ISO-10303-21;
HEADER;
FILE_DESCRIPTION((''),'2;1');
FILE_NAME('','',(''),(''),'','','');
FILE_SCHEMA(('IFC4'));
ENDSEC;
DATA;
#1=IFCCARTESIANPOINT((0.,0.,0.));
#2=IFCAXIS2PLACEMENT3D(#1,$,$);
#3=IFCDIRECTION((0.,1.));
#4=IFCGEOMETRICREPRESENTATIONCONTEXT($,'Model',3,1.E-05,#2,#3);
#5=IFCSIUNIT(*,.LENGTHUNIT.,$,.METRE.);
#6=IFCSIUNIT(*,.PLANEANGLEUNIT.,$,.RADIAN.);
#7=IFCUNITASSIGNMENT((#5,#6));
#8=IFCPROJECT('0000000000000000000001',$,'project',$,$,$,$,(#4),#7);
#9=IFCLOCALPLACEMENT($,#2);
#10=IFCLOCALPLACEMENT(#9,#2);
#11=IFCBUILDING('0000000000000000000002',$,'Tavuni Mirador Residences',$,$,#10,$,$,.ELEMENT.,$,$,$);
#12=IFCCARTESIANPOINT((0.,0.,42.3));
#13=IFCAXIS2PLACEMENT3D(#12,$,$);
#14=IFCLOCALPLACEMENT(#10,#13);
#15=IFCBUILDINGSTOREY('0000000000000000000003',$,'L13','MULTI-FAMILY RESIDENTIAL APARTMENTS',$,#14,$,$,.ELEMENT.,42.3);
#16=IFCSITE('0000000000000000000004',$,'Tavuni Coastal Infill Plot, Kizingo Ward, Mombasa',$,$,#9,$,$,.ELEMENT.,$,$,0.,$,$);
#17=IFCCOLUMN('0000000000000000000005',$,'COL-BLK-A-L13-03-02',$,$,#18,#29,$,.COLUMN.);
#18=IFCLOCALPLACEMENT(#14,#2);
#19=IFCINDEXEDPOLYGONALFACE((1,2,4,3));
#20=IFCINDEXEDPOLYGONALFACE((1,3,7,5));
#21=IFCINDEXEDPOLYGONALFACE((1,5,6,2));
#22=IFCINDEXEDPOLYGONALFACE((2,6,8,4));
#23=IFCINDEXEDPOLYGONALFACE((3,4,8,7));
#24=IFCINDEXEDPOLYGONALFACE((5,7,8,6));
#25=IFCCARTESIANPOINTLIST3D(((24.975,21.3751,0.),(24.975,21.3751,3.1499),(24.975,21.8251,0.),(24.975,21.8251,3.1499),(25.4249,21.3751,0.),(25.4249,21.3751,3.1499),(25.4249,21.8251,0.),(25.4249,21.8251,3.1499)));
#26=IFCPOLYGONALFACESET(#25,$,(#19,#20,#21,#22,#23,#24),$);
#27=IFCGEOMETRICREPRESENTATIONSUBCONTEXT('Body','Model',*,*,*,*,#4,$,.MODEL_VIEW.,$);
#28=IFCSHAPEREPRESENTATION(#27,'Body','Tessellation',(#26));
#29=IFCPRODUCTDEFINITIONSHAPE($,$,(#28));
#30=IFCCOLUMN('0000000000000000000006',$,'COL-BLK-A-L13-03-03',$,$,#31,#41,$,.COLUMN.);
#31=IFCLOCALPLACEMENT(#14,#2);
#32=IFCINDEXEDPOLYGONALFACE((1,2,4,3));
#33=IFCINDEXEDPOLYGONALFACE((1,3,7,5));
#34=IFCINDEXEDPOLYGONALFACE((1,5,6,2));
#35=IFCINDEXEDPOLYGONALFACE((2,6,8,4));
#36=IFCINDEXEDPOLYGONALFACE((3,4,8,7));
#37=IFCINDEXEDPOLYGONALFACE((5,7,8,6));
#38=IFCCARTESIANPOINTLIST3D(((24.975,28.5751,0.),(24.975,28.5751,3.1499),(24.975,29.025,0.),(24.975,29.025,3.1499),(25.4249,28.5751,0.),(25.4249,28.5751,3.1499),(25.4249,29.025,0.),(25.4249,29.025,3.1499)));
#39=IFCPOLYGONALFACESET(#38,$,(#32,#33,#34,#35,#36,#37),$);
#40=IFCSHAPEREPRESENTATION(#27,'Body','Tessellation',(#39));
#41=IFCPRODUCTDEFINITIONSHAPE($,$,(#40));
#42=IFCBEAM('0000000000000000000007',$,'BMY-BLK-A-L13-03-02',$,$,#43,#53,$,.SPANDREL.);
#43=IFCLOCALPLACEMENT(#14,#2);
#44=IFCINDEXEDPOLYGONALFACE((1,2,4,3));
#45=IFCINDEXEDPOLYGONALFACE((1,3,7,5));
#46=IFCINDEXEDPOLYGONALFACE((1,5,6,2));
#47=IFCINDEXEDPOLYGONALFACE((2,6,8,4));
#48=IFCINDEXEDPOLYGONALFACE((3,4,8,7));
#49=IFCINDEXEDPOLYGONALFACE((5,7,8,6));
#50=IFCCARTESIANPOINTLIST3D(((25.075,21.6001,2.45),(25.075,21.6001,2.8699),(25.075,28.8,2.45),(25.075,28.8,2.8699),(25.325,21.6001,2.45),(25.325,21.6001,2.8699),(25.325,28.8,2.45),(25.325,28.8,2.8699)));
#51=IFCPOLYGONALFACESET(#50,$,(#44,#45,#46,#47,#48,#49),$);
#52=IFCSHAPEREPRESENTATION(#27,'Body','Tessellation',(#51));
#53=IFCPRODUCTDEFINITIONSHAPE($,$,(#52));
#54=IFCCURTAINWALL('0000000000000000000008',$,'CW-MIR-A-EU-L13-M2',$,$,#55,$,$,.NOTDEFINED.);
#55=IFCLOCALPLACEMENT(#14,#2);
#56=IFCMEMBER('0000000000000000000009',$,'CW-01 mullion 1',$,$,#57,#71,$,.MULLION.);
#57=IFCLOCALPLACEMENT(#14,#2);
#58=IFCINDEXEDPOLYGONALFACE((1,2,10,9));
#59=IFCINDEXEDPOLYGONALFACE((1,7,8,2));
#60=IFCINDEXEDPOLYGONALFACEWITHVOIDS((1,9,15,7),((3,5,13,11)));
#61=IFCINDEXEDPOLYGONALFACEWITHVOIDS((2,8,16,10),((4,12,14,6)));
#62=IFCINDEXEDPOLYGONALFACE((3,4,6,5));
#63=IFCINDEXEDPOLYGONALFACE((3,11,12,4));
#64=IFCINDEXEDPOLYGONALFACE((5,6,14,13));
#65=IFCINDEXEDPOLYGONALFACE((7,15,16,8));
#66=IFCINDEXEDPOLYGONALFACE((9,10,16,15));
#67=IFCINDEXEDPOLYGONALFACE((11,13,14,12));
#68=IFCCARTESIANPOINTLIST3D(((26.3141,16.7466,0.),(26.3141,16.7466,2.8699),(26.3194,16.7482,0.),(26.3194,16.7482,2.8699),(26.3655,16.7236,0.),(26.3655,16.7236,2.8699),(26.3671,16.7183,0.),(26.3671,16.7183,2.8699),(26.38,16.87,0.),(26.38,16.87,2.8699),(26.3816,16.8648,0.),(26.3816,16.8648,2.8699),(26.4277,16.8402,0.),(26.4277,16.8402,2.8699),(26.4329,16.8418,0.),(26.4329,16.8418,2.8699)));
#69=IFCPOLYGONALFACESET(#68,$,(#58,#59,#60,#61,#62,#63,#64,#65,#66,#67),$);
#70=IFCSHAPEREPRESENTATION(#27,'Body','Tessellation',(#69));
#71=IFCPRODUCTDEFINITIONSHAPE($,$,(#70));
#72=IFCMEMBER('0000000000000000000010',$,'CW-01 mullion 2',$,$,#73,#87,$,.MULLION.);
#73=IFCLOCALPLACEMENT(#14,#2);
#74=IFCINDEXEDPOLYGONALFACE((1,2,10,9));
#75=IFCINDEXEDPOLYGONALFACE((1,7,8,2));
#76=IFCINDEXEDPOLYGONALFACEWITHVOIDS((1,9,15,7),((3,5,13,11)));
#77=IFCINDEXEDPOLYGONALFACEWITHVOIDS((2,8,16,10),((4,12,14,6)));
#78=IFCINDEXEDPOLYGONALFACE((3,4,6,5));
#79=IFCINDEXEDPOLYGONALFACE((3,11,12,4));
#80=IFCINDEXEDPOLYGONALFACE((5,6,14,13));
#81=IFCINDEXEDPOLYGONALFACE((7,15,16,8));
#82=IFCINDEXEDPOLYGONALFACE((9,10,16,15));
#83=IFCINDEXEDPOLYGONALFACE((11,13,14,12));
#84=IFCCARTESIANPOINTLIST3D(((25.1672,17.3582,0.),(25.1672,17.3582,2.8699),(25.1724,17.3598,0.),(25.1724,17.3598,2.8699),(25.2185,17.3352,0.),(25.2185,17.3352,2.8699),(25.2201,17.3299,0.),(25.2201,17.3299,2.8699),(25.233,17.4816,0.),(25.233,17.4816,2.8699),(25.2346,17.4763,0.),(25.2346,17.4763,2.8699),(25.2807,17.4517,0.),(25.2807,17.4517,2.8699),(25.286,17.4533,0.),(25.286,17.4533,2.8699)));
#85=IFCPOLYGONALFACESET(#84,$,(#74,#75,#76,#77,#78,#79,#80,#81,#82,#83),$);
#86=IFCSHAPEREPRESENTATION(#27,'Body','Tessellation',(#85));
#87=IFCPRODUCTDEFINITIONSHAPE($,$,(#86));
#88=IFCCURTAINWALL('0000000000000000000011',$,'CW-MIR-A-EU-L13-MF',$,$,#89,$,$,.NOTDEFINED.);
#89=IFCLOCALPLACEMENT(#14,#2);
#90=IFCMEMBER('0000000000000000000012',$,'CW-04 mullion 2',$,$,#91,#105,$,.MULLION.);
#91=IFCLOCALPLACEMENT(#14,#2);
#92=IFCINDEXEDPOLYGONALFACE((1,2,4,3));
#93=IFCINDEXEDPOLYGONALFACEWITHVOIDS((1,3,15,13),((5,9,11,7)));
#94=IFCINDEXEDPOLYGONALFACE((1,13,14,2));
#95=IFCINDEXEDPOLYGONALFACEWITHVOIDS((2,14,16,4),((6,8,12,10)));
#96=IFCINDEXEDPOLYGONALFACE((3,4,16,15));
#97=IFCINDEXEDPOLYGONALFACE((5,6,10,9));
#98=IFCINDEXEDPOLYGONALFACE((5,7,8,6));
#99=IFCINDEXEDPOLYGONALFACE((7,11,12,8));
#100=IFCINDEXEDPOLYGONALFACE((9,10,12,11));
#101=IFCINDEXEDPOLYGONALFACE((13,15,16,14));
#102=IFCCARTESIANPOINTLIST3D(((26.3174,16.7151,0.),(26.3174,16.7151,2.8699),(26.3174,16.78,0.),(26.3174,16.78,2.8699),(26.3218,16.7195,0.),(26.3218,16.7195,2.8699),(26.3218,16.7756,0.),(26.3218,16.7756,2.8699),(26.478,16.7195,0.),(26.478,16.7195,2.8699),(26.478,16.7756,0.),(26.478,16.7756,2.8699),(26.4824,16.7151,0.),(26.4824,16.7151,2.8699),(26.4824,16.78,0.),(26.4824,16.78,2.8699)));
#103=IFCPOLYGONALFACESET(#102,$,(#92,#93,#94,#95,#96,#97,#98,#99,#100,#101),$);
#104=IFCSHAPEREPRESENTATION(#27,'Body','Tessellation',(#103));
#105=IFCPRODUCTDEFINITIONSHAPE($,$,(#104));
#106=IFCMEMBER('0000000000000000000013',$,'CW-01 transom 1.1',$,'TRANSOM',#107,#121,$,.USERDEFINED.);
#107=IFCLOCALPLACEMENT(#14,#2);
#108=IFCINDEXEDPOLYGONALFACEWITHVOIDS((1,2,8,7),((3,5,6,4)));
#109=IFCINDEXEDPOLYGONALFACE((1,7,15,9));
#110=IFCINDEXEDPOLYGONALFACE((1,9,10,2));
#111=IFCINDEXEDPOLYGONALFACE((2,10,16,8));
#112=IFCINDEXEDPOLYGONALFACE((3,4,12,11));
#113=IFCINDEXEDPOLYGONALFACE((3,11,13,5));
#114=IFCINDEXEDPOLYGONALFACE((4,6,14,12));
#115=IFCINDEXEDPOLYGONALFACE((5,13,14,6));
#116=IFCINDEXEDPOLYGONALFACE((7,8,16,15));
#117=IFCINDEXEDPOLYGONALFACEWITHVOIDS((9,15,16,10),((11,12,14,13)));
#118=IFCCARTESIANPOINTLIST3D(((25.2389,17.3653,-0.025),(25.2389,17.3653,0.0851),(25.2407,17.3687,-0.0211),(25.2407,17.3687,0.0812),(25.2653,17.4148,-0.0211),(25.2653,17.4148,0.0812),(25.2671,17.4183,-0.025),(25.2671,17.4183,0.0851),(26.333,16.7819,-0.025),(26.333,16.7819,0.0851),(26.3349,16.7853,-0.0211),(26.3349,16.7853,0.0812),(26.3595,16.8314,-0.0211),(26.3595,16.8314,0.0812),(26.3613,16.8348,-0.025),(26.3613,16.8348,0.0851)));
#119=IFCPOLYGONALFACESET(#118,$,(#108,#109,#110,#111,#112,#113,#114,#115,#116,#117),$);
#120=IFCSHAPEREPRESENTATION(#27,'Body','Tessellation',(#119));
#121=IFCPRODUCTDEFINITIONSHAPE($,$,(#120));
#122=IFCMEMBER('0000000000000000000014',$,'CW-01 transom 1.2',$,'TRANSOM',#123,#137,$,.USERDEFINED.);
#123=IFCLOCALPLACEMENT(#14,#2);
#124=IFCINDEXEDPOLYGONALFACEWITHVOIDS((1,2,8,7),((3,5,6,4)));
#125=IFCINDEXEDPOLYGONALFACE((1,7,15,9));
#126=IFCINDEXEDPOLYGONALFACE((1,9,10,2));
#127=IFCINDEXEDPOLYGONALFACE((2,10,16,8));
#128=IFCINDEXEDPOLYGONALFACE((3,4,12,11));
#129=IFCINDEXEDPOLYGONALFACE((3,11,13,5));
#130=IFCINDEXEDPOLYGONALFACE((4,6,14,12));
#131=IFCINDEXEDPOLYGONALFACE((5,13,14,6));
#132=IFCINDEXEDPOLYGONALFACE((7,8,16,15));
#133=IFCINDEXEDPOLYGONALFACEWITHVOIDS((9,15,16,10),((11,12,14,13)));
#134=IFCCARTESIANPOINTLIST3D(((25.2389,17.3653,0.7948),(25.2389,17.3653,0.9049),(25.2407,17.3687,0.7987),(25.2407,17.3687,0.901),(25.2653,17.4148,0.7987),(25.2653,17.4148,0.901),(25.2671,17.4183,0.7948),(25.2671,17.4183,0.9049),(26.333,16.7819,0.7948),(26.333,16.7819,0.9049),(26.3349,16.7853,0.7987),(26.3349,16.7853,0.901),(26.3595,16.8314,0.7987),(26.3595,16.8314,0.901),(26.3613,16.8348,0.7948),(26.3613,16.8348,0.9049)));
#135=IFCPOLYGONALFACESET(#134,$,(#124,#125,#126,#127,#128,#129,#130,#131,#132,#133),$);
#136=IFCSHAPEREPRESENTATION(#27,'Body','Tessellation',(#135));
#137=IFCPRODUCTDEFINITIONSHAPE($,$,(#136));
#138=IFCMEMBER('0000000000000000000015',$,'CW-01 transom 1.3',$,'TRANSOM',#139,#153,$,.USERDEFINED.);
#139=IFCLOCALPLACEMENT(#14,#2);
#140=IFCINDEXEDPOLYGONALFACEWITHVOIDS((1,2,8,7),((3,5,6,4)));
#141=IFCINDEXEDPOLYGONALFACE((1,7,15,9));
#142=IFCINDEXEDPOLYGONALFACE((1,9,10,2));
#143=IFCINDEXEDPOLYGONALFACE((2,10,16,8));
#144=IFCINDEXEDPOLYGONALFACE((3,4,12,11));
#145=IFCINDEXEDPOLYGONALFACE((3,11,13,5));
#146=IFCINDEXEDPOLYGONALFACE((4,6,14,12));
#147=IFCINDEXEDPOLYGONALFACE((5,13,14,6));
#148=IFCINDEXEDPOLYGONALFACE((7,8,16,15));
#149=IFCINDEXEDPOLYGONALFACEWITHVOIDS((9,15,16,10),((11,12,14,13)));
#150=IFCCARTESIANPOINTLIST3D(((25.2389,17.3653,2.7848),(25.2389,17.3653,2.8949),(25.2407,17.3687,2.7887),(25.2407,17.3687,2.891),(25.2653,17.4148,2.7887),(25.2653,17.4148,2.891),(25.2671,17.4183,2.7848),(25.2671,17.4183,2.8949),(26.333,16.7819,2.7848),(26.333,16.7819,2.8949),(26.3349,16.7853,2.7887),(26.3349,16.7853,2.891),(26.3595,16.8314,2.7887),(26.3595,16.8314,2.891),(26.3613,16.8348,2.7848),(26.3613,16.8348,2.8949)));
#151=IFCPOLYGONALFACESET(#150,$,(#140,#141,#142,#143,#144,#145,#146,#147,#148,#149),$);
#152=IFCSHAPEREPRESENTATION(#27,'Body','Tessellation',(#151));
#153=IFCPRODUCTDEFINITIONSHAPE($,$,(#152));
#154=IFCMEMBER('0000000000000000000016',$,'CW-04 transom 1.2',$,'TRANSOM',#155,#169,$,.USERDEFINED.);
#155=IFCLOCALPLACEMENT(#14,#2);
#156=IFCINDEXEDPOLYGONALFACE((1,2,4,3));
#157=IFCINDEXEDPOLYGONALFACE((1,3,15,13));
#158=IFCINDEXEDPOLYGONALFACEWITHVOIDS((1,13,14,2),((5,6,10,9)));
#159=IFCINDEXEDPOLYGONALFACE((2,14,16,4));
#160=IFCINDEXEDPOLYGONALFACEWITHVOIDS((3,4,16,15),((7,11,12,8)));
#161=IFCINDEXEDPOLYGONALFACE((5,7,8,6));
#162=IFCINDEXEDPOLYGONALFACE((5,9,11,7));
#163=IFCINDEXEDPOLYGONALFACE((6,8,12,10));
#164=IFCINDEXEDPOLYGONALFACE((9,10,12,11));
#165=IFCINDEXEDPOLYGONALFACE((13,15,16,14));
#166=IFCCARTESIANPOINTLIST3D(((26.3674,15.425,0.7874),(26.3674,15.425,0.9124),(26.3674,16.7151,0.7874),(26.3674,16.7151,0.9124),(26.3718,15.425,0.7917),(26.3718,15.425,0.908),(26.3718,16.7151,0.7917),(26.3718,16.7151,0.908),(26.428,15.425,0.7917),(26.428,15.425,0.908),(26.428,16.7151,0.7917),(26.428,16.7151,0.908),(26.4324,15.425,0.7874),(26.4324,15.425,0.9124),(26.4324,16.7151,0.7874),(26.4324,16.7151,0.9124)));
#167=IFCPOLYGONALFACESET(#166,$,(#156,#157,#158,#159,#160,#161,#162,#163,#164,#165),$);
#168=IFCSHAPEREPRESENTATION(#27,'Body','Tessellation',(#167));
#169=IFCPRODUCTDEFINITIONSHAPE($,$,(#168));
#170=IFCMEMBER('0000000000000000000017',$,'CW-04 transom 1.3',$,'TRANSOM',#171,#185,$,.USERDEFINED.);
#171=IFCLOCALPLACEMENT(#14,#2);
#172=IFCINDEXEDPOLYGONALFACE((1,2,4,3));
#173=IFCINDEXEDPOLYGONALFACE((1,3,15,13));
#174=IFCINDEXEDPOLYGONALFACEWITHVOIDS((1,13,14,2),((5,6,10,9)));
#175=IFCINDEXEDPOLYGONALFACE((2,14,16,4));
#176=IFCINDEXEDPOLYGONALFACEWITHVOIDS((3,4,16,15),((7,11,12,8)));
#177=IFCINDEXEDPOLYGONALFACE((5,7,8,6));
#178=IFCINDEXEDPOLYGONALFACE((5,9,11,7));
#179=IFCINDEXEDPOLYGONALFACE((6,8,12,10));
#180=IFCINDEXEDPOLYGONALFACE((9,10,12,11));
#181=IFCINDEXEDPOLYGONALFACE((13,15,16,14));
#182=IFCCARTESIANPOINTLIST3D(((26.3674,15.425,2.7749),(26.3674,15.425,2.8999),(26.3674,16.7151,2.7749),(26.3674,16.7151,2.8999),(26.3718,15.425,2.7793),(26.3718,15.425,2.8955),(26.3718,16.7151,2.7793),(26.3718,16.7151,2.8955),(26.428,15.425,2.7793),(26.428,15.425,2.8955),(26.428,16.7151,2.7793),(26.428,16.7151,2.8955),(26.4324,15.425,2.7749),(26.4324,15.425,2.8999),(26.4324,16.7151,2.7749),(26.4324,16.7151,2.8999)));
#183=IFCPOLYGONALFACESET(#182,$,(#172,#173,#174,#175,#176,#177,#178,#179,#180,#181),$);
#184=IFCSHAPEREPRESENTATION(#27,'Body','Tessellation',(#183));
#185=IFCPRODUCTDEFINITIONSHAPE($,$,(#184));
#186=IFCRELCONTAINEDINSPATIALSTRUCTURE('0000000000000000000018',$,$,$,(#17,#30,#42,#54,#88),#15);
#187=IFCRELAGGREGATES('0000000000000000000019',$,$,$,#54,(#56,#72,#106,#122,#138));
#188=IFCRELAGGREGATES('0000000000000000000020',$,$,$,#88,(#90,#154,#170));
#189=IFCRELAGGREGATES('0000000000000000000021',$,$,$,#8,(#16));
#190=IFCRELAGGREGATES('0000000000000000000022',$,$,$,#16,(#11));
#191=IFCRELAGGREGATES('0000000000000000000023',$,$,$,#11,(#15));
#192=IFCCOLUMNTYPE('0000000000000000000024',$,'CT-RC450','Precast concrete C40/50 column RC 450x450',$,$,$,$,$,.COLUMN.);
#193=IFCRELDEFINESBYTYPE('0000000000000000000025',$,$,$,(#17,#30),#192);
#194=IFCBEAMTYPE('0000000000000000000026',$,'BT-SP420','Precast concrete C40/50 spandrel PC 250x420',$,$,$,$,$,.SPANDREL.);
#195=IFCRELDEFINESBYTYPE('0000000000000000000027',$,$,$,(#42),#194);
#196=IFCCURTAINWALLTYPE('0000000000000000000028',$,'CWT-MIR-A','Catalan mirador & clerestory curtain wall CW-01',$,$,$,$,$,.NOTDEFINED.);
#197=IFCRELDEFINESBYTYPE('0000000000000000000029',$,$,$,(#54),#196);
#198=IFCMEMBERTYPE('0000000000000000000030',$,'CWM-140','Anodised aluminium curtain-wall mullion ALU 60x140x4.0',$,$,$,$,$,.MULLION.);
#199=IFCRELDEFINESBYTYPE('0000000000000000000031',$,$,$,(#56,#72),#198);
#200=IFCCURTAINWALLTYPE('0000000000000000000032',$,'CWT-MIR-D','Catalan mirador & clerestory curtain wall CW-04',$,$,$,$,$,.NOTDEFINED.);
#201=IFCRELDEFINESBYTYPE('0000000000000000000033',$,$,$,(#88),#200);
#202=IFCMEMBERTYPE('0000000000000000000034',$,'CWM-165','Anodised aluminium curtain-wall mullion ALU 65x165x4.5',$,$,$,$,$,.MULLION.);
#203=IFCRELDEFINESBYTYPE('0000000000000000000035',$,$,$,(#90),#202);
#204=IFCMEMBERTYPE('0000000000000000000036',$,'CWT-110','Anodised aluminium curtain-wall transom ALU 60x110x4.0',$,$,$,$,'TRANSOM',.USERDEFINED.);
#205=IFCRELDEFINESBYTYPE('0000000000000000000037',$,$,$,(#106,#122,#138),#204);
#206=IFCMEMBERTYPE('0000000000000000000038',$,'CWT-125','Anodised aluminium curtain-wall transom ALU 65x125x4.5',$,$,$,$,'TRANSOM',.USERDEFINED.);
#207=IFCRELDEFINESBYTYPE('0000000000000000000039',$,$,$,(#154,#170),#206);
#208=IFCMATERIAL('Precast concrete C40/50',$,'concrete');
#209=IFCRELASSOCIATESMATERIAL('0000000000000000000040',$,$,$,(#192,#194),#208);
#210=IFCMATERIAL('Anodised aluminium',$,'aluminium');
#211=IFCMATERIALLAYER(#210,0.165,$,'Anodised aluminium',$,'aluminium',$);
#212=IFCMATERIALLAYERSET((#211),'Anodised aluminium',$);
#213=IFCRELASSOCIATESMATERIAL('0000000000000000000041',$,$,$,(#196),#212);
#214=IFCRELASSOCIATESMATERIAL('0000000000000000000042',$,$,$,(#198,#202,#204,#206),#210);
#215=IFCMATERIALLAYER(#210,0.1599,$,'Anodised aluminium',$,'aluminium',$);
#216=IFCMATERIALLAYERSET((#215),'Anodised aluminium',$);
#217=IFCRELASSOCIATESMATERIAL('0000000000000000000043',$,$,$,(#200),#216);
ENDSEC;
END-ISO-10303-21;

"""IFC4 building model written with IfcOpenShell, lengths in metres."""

from ifc_helpers import new_model, si_unit, direction, frame, origin, origin_2d, place, context, subcontext, project, spatial, rectangle, hollow_rectangle, extrude, material, layer, layer_set, material_profile, profile_set, type_object, element, aggregate, save


model = new_model("IFC4")

# Units and contexts
model_context = context("Model", 3, precision=1e-05, world=origin(), true_north=direction((0.0, 1.0)))
body_context = subcontext(model_context, "Body", "Model", "MODEL_VIEW")
ifc_project = project(units=[si_unit("LENGTHUNIT", "METRE"), si_unit("PLANEANGLEUNIT", "RADIAN")], contexts=[model_context])

# Site, building, storey
site_placement = place(None, origin())
site = spatial("IfcSite", under=ifc_project, at=site_placement, Name="Tavuni Coastal Infill Plot, Kizingo Ward, Mombasa", CompositionType="ELEMENT", RefElevation=0.0)
building_placement = place(site_placement, origin())
building = spatial("IfcBuilding", under=site, at=building_placement, Name="Tavuni Mirador Residences", CompositionType="ELEMENT")
storey_placement = place(building_placement, frame((0.0, 0.0, 42.3)))
storey = spatial("IfcBuildingStorey", under=building, at=storey_placement, Name="L13", Description="MULTI-FAMILY RESIDENTIAL APARTMENTS", CompositionType="ELEMENT", Elevation=42.3)

# Columns
ifc_material_1 = material(Name="Precast concrete C40/50", Category="concrete")
ifc_material_profile_1 = material_profile(ifc_material_1, rectangle(XDim=0.45, YDim=0.45, at=origin_2d()), Name="RC 450x450", Category="concrete")
ifc_profile_set_1 = profile_set([ifc_material_profile_1], Name="Precast concrete C40/50")
column_type = type_object("IfcColumnType", Name="CT-RC450", Description="Precast concrete C40/50 column RC 450x450", PredefinedType="COLUMN", material=ifc_profile_set_1)
for number, where, z_axis, x_axis, name in (
    (1, (25.2, 21.6001, 0.0), (0.0, 0.0, 1.0), (1.0, 0.0, 0.0), "COL-BLK-A-L13-03-02"),
    (2, (25.2, 28.8, 0.0), (0.0, 0.0, 1.0), (1.0, 0.0, 0.0), "COL-BLK-A-L13-03-03"),
):
    element("IfcColumn", number, at=place(storey_placement, frame(where, z_axis=z_axis, x_axis=x_axis)), inside=storey, type_object=column_type, Name=name, PredefinedType="COLUMN", context=body_context, shape_type="SweptSolid", body=[
        extrude(rectangle(XDim=0.45, YDim=0.45, at=origin_2d()), origin(), (0.0, 0.0, 1.0), 3.1499),
    ])

# Beam
ifc_material_profile_2 = material_profile(ifc_material_1, rectangle(XDim=0.25, YDim=0.4199, at=origin_2d()), Name="PC 250x420", Category="concrete")
ifc_profile_set_2 = profile_set([ifc_material_profile_2], Name="Precast concrete C40/50")
beam_type = type_object("IfcBeamType", Name="BT-SP420", Description="Precast concrete C40/50 spandrel PC 250x420", PredefinedType="SPANDREL", material=ifc_profile_set_2)
beam_placement = place(storey_placement, frame((25.2, 21.6001, 2.6599), z_axis=(0.0, 1.0, 0.0), x_axis=(-1.0, 0.0, 0.0)))
element("IfcBeam", 3, at=beam_placement, inside=storey, type_object=beam_type, Name="BMY-BLK-A-L13-03-02", PredefinedType="SPANDREL", context=body_context, shape_type="SweptSolid", body=[
    extrude(rectangle(XDim=0.25, YDim=0.4199, at=origin_2d()), origin(), (0.0, 0.0, 1.0), 7.2),
])

# Curtain wall, members
ifc_material_2 = material(Name="Anodised aluminium", Category="aluminium")
ifc_layer_1 = layer(ifc_material_2, 0.165, Name="Anodised aluminium", Category="aluminium")
ifc_layer_set_1 = layer_set([ifc_layer_1], Name="Anodised aluminium")
curtain_wall_type_1 = type_object("IfcCurtainWallType", Name="CWT-MIR-A", Description="Catalan mirador & clerestory curtain wall CW-01", PredefinedType="NOTDEFINED", material=ifc_layer_set_1)
curtain_wall_1_placement = place(storey_placement, origin())
curtain_wall_1 = element("IfcCurtainWall", 4, at=curtain_wall_1_placement, inside=storey, type_object=curtain_wall_type_1, Name="CW-MIR-A-EU-L13-M2", PredefinedType="NOTDEFINED")
ifc_material_profile_3 = material_profile(ifc_material_2, hollow_rectangle(XDim=0.0601, YDim=0.1399, WallThickness=0.0039, at=origin_2d()), Name="ALU 60x140x4.0", Category="aluminium")
ifc_profile_set_3 = profile_set([ifc_material_profile_3], Name="Anodised aluminium")
member_type_1 = type_object("IfcMemberType", Name="CWM-140", Description="Anodised aluminium curtain-wall mullion ALU 60x140x4.0", PredefinedType="MULLION", material=ifc_profile_set_3)
member_1_placement = place(storey_placement, frame((26.3735, 16.7942, 0.0), z_axis=(0.0, 0.0, 1.0), x_axis=(-0.882353, 0.470588, 0.0)))
member_1 = element("IfcMember", 5, at=member_1_placement, type_object=member_type_1, Name="CW-01 mullion 1", PredefinedType="MULLION", context=body_context, shape_type="SweptSolid", body=[
    extrude(hollow_rectangle(XDim=0.0601, YDim=0.1399, WallThickness=0.0039, at=origin_2d()), origin(), (0.0, 0.0, 1.0), 2.8699),
])
member_2_placement = place(storey_placement, frame((25.2266, 17.4058, 0.0), z_axis=(0.0, 0.0, 1.0), x_axis=(-0.882353, 0.470588, 0.0)))
member_2 = element("IfcMember", 6, at=member_2_placement, type_object=member_type_1, Name="CW-01 mullion 2", PredefinedType="MULLION", context=body_context, shape_type="SweptSolid", body=[
    extrude(hollow_rectangle(XDim=0.0601, YDim=0.1399, WallThickness=0.0039, at=origin_2d()), origin(), (0.0, 0.0, 1.0), 2.8699),
])

# Curtain wall, member
ifc_layer_2 = layer(ifc_material_2, 0.1599, Name="Anodised aluminium", Category="aluminium")
ifc_layer_set_2 = layer_set([ifc_layer_2], Name="Anodised aluminium")
curtain_wall_type_2 = type_object("IfcCurtainWallType", Name="CWT-MIR-D", Description="Catalan mirador & clerestory curtain wall CW-04", PredefinedType="NOTDEFINED", material=ifc_layer_set_2)
curtain_wall_2_placement = place(storey_placement, origin())
curtain_wall_2 = element("IfcCurtainWall", 7, at=curtain_wall_2_placement, inside=storey, type_object=curtain_wall_type_2, Name="CW-MIR-A-EU-L13-MF", PredefinedType="NOTDEFINED")
ifc_material_profile_4 = material_profile(ifc_material_2, hollow_rectangle(XDim=0.0649, YDim=0.165, WallThickness=0.0044, at=origin_2d()), Name="ALU 65x165x4.5", Category="aluminium")
ifc_profile_set_4 = profile_set([ifc_material_profile_4], Name="Anodised aluminium")
member_type_2 = type_object("IfcMemberType", Name="CWM-165", Description="Anodised aluminium curtain-wall mullion ALU 65x165x4.5", PredefinedType="MULLION", material=ifc_profile_set_4)
member_3_placement = place(storey_placement, frame((26.3999, 16.7476, 0.0), z_axis=(0.0, 0.0, 1.0), x_axis=(0.0, 1.0, 0.0)))
member_3 = element("IfcMember", 8, at=member_3_placement, type_object=member_type_2, Name="CW-04 mullion 2", PredefinedType="MULLION", context=body_context, shape_type="SweptSolid", body=[
    extrude(hollow_rectangle(XDim=0.0649, YDim=0.165, WallThickness=0.0044, at=origin_2d()), origin(), (0.0, 0.0, 1.0), 2.8699),
])

# Members
ifc_material_profile_5 = material_profile(ifc_material_2, hollow_rectangle(XDim=0.0601, YDim=0.1101, WallThickness=0.0039, at=origin_2d()), Name="ALU 60x110x4.0", Category="aluminium")
ifc_profile_set_5 = profile_set([ifc_material_profile_5], Name="Anodised aluminium")
member_type_3 = type_object("IfcMemberType", Name="CWT-110", Description="Anodised aluminium curtain-wall transom ALU 60x110x4.0", ElementType="TRANSOM", PredefinedType="USERDEFINED", material=ifc_profile_set_5)
member_4_placement = place(storey_placement, frame((26.3472, 16.8083, 0.03), z_axis=(-0.882386, 0.470527, 0.0), x_axis=(-0.470527, -0.882386, 0.0)))
member_4 = element("IfcMember", 9, at=member_4_placement, type_object=member_type_3, Name="CW-01 transom 1.1", ObjectType="TRANSOM", PredefinedType="USERDEFINED", context=body_context, shape_type="SweptSolid", body=[
    extrude(hollow_rectangle(XDim=0.0601, YDim=0.1101, WallThickness=0.0039, at=origin_2d()), origin(), (0.0, 0.0, 1.0), 1.24),
])
member_5_placement = place(storey_placement, frame((26.3472, 16.8083, 0.8499), z_axis=(-0.882386, 0.470527, 0.0), x_axis=(-0.470527, -0.882386, 0.0)))
member_5 = element("IfcMember", 10, at=member_5_placement, type_object=member_type_3, Name="CW-01 transom 1.2", ObjectType="TRANSOM", PredefinedType="USERDEFINED", context=body_context, shape_type="SweptSolid", body=[
    extrude(hollow_rectangle(XDim=0.0601, YDim=0.1101, WallThickness=0.0039, at=origin_2d()), origin(), (0.0, 0.0, 1.0), 1.24),
])
member_6_placement = place(storey_placement, frame((26.3472, 16.8083, 2.8398), z_axis=(-0.882386, 0.470527, 0.0), x_axis=(-0.470527, -0.882386, 0.0)))
member_6 = element("IfcMember", 11, at=member_6_placement, type_object=member_type_3, Name="CW-01 transom 1.3", ObjectType="TRANSOM", PredefinedType="USERDEFINED", context=body_context, shape_type="SweptSolid", body=[
    extrude(hollow_rectangle(XDim=0.0601, YDim=0.1101, WallThickness=0.0039, at=origin_2d()), origin(), (0.0, 0.0, 1.0), 1.24),
])
ifc_material_profile_6 = material_profile(ifc_material_2, hollow_rectangle(XDim=0.0649, YDim=0.125, WallThickness=0.0044, at=origin_2d()), Name="ALU 65x125x4.5", Category="aluminium")
ifc_profile_set_6 = profile_set([ifc_material_profile_6], Name="Anodised aluminium")
member_type_4 = type_object("IfcMemberType", Name="CWT-125", Description="Anodised aluminium curtain-wall transom ALU 65x125x4.5", ElementType="TRANSOM", PredefinedType="USERDEFINED", material=ifc_profile_set_6)
member_7_placement = place(storey_placement, frame((26.3999, 15.425, 0.8499), z_axis=(0.0, 1.0, 0.0), x_axis=(-1.0, 0.0, 0.0)))
member_7 = element("IfcMember", 12, at=member_7_placement, type_object=member_type_4, Name="CW-04 transom 1.2", ObjectType="TRANSOM", PredefinedType="USERDEFINED", context=body_context, shape_type="SweptSolid", body=[
    extrude(hollow_rectangle(XDim=0.0649, YDim=0.125, WallThickness=0.0044, at=origin_2d()), origin(), (0.0, 0.0, 1.0), 1.29),
])
member_8_placement = place(storey_placement, frame((26.3999, 15.425, 2.8374), z_axis=(0.0, 1.0, 0.0), x_axis=(-1.0, 0.0, 0.0)))
member_8 = element("IfcMember", 13, at=member_8_placement, type_object=member_type_4, Name="CW-04 transom 1.3", ObjectType="TRANSOM", PredefinedType="USERDEFINED", context=body_context, shape_type="SweptSolid", body=[
    extrude(hollow_rectangle(XDim=0.0649, YDim=0.125, WallThickness=0.0044, at=origin_2d()), origin(), (0.0, 0.0, 1.0), 1.29),
])

aggregate(curtain_wall_1, [member_1, member_2, member_4, member_5, member_6])
aggregate(curtain_wall_2, [member_3, member_7, member_8])

save(model, "model.ifc")
